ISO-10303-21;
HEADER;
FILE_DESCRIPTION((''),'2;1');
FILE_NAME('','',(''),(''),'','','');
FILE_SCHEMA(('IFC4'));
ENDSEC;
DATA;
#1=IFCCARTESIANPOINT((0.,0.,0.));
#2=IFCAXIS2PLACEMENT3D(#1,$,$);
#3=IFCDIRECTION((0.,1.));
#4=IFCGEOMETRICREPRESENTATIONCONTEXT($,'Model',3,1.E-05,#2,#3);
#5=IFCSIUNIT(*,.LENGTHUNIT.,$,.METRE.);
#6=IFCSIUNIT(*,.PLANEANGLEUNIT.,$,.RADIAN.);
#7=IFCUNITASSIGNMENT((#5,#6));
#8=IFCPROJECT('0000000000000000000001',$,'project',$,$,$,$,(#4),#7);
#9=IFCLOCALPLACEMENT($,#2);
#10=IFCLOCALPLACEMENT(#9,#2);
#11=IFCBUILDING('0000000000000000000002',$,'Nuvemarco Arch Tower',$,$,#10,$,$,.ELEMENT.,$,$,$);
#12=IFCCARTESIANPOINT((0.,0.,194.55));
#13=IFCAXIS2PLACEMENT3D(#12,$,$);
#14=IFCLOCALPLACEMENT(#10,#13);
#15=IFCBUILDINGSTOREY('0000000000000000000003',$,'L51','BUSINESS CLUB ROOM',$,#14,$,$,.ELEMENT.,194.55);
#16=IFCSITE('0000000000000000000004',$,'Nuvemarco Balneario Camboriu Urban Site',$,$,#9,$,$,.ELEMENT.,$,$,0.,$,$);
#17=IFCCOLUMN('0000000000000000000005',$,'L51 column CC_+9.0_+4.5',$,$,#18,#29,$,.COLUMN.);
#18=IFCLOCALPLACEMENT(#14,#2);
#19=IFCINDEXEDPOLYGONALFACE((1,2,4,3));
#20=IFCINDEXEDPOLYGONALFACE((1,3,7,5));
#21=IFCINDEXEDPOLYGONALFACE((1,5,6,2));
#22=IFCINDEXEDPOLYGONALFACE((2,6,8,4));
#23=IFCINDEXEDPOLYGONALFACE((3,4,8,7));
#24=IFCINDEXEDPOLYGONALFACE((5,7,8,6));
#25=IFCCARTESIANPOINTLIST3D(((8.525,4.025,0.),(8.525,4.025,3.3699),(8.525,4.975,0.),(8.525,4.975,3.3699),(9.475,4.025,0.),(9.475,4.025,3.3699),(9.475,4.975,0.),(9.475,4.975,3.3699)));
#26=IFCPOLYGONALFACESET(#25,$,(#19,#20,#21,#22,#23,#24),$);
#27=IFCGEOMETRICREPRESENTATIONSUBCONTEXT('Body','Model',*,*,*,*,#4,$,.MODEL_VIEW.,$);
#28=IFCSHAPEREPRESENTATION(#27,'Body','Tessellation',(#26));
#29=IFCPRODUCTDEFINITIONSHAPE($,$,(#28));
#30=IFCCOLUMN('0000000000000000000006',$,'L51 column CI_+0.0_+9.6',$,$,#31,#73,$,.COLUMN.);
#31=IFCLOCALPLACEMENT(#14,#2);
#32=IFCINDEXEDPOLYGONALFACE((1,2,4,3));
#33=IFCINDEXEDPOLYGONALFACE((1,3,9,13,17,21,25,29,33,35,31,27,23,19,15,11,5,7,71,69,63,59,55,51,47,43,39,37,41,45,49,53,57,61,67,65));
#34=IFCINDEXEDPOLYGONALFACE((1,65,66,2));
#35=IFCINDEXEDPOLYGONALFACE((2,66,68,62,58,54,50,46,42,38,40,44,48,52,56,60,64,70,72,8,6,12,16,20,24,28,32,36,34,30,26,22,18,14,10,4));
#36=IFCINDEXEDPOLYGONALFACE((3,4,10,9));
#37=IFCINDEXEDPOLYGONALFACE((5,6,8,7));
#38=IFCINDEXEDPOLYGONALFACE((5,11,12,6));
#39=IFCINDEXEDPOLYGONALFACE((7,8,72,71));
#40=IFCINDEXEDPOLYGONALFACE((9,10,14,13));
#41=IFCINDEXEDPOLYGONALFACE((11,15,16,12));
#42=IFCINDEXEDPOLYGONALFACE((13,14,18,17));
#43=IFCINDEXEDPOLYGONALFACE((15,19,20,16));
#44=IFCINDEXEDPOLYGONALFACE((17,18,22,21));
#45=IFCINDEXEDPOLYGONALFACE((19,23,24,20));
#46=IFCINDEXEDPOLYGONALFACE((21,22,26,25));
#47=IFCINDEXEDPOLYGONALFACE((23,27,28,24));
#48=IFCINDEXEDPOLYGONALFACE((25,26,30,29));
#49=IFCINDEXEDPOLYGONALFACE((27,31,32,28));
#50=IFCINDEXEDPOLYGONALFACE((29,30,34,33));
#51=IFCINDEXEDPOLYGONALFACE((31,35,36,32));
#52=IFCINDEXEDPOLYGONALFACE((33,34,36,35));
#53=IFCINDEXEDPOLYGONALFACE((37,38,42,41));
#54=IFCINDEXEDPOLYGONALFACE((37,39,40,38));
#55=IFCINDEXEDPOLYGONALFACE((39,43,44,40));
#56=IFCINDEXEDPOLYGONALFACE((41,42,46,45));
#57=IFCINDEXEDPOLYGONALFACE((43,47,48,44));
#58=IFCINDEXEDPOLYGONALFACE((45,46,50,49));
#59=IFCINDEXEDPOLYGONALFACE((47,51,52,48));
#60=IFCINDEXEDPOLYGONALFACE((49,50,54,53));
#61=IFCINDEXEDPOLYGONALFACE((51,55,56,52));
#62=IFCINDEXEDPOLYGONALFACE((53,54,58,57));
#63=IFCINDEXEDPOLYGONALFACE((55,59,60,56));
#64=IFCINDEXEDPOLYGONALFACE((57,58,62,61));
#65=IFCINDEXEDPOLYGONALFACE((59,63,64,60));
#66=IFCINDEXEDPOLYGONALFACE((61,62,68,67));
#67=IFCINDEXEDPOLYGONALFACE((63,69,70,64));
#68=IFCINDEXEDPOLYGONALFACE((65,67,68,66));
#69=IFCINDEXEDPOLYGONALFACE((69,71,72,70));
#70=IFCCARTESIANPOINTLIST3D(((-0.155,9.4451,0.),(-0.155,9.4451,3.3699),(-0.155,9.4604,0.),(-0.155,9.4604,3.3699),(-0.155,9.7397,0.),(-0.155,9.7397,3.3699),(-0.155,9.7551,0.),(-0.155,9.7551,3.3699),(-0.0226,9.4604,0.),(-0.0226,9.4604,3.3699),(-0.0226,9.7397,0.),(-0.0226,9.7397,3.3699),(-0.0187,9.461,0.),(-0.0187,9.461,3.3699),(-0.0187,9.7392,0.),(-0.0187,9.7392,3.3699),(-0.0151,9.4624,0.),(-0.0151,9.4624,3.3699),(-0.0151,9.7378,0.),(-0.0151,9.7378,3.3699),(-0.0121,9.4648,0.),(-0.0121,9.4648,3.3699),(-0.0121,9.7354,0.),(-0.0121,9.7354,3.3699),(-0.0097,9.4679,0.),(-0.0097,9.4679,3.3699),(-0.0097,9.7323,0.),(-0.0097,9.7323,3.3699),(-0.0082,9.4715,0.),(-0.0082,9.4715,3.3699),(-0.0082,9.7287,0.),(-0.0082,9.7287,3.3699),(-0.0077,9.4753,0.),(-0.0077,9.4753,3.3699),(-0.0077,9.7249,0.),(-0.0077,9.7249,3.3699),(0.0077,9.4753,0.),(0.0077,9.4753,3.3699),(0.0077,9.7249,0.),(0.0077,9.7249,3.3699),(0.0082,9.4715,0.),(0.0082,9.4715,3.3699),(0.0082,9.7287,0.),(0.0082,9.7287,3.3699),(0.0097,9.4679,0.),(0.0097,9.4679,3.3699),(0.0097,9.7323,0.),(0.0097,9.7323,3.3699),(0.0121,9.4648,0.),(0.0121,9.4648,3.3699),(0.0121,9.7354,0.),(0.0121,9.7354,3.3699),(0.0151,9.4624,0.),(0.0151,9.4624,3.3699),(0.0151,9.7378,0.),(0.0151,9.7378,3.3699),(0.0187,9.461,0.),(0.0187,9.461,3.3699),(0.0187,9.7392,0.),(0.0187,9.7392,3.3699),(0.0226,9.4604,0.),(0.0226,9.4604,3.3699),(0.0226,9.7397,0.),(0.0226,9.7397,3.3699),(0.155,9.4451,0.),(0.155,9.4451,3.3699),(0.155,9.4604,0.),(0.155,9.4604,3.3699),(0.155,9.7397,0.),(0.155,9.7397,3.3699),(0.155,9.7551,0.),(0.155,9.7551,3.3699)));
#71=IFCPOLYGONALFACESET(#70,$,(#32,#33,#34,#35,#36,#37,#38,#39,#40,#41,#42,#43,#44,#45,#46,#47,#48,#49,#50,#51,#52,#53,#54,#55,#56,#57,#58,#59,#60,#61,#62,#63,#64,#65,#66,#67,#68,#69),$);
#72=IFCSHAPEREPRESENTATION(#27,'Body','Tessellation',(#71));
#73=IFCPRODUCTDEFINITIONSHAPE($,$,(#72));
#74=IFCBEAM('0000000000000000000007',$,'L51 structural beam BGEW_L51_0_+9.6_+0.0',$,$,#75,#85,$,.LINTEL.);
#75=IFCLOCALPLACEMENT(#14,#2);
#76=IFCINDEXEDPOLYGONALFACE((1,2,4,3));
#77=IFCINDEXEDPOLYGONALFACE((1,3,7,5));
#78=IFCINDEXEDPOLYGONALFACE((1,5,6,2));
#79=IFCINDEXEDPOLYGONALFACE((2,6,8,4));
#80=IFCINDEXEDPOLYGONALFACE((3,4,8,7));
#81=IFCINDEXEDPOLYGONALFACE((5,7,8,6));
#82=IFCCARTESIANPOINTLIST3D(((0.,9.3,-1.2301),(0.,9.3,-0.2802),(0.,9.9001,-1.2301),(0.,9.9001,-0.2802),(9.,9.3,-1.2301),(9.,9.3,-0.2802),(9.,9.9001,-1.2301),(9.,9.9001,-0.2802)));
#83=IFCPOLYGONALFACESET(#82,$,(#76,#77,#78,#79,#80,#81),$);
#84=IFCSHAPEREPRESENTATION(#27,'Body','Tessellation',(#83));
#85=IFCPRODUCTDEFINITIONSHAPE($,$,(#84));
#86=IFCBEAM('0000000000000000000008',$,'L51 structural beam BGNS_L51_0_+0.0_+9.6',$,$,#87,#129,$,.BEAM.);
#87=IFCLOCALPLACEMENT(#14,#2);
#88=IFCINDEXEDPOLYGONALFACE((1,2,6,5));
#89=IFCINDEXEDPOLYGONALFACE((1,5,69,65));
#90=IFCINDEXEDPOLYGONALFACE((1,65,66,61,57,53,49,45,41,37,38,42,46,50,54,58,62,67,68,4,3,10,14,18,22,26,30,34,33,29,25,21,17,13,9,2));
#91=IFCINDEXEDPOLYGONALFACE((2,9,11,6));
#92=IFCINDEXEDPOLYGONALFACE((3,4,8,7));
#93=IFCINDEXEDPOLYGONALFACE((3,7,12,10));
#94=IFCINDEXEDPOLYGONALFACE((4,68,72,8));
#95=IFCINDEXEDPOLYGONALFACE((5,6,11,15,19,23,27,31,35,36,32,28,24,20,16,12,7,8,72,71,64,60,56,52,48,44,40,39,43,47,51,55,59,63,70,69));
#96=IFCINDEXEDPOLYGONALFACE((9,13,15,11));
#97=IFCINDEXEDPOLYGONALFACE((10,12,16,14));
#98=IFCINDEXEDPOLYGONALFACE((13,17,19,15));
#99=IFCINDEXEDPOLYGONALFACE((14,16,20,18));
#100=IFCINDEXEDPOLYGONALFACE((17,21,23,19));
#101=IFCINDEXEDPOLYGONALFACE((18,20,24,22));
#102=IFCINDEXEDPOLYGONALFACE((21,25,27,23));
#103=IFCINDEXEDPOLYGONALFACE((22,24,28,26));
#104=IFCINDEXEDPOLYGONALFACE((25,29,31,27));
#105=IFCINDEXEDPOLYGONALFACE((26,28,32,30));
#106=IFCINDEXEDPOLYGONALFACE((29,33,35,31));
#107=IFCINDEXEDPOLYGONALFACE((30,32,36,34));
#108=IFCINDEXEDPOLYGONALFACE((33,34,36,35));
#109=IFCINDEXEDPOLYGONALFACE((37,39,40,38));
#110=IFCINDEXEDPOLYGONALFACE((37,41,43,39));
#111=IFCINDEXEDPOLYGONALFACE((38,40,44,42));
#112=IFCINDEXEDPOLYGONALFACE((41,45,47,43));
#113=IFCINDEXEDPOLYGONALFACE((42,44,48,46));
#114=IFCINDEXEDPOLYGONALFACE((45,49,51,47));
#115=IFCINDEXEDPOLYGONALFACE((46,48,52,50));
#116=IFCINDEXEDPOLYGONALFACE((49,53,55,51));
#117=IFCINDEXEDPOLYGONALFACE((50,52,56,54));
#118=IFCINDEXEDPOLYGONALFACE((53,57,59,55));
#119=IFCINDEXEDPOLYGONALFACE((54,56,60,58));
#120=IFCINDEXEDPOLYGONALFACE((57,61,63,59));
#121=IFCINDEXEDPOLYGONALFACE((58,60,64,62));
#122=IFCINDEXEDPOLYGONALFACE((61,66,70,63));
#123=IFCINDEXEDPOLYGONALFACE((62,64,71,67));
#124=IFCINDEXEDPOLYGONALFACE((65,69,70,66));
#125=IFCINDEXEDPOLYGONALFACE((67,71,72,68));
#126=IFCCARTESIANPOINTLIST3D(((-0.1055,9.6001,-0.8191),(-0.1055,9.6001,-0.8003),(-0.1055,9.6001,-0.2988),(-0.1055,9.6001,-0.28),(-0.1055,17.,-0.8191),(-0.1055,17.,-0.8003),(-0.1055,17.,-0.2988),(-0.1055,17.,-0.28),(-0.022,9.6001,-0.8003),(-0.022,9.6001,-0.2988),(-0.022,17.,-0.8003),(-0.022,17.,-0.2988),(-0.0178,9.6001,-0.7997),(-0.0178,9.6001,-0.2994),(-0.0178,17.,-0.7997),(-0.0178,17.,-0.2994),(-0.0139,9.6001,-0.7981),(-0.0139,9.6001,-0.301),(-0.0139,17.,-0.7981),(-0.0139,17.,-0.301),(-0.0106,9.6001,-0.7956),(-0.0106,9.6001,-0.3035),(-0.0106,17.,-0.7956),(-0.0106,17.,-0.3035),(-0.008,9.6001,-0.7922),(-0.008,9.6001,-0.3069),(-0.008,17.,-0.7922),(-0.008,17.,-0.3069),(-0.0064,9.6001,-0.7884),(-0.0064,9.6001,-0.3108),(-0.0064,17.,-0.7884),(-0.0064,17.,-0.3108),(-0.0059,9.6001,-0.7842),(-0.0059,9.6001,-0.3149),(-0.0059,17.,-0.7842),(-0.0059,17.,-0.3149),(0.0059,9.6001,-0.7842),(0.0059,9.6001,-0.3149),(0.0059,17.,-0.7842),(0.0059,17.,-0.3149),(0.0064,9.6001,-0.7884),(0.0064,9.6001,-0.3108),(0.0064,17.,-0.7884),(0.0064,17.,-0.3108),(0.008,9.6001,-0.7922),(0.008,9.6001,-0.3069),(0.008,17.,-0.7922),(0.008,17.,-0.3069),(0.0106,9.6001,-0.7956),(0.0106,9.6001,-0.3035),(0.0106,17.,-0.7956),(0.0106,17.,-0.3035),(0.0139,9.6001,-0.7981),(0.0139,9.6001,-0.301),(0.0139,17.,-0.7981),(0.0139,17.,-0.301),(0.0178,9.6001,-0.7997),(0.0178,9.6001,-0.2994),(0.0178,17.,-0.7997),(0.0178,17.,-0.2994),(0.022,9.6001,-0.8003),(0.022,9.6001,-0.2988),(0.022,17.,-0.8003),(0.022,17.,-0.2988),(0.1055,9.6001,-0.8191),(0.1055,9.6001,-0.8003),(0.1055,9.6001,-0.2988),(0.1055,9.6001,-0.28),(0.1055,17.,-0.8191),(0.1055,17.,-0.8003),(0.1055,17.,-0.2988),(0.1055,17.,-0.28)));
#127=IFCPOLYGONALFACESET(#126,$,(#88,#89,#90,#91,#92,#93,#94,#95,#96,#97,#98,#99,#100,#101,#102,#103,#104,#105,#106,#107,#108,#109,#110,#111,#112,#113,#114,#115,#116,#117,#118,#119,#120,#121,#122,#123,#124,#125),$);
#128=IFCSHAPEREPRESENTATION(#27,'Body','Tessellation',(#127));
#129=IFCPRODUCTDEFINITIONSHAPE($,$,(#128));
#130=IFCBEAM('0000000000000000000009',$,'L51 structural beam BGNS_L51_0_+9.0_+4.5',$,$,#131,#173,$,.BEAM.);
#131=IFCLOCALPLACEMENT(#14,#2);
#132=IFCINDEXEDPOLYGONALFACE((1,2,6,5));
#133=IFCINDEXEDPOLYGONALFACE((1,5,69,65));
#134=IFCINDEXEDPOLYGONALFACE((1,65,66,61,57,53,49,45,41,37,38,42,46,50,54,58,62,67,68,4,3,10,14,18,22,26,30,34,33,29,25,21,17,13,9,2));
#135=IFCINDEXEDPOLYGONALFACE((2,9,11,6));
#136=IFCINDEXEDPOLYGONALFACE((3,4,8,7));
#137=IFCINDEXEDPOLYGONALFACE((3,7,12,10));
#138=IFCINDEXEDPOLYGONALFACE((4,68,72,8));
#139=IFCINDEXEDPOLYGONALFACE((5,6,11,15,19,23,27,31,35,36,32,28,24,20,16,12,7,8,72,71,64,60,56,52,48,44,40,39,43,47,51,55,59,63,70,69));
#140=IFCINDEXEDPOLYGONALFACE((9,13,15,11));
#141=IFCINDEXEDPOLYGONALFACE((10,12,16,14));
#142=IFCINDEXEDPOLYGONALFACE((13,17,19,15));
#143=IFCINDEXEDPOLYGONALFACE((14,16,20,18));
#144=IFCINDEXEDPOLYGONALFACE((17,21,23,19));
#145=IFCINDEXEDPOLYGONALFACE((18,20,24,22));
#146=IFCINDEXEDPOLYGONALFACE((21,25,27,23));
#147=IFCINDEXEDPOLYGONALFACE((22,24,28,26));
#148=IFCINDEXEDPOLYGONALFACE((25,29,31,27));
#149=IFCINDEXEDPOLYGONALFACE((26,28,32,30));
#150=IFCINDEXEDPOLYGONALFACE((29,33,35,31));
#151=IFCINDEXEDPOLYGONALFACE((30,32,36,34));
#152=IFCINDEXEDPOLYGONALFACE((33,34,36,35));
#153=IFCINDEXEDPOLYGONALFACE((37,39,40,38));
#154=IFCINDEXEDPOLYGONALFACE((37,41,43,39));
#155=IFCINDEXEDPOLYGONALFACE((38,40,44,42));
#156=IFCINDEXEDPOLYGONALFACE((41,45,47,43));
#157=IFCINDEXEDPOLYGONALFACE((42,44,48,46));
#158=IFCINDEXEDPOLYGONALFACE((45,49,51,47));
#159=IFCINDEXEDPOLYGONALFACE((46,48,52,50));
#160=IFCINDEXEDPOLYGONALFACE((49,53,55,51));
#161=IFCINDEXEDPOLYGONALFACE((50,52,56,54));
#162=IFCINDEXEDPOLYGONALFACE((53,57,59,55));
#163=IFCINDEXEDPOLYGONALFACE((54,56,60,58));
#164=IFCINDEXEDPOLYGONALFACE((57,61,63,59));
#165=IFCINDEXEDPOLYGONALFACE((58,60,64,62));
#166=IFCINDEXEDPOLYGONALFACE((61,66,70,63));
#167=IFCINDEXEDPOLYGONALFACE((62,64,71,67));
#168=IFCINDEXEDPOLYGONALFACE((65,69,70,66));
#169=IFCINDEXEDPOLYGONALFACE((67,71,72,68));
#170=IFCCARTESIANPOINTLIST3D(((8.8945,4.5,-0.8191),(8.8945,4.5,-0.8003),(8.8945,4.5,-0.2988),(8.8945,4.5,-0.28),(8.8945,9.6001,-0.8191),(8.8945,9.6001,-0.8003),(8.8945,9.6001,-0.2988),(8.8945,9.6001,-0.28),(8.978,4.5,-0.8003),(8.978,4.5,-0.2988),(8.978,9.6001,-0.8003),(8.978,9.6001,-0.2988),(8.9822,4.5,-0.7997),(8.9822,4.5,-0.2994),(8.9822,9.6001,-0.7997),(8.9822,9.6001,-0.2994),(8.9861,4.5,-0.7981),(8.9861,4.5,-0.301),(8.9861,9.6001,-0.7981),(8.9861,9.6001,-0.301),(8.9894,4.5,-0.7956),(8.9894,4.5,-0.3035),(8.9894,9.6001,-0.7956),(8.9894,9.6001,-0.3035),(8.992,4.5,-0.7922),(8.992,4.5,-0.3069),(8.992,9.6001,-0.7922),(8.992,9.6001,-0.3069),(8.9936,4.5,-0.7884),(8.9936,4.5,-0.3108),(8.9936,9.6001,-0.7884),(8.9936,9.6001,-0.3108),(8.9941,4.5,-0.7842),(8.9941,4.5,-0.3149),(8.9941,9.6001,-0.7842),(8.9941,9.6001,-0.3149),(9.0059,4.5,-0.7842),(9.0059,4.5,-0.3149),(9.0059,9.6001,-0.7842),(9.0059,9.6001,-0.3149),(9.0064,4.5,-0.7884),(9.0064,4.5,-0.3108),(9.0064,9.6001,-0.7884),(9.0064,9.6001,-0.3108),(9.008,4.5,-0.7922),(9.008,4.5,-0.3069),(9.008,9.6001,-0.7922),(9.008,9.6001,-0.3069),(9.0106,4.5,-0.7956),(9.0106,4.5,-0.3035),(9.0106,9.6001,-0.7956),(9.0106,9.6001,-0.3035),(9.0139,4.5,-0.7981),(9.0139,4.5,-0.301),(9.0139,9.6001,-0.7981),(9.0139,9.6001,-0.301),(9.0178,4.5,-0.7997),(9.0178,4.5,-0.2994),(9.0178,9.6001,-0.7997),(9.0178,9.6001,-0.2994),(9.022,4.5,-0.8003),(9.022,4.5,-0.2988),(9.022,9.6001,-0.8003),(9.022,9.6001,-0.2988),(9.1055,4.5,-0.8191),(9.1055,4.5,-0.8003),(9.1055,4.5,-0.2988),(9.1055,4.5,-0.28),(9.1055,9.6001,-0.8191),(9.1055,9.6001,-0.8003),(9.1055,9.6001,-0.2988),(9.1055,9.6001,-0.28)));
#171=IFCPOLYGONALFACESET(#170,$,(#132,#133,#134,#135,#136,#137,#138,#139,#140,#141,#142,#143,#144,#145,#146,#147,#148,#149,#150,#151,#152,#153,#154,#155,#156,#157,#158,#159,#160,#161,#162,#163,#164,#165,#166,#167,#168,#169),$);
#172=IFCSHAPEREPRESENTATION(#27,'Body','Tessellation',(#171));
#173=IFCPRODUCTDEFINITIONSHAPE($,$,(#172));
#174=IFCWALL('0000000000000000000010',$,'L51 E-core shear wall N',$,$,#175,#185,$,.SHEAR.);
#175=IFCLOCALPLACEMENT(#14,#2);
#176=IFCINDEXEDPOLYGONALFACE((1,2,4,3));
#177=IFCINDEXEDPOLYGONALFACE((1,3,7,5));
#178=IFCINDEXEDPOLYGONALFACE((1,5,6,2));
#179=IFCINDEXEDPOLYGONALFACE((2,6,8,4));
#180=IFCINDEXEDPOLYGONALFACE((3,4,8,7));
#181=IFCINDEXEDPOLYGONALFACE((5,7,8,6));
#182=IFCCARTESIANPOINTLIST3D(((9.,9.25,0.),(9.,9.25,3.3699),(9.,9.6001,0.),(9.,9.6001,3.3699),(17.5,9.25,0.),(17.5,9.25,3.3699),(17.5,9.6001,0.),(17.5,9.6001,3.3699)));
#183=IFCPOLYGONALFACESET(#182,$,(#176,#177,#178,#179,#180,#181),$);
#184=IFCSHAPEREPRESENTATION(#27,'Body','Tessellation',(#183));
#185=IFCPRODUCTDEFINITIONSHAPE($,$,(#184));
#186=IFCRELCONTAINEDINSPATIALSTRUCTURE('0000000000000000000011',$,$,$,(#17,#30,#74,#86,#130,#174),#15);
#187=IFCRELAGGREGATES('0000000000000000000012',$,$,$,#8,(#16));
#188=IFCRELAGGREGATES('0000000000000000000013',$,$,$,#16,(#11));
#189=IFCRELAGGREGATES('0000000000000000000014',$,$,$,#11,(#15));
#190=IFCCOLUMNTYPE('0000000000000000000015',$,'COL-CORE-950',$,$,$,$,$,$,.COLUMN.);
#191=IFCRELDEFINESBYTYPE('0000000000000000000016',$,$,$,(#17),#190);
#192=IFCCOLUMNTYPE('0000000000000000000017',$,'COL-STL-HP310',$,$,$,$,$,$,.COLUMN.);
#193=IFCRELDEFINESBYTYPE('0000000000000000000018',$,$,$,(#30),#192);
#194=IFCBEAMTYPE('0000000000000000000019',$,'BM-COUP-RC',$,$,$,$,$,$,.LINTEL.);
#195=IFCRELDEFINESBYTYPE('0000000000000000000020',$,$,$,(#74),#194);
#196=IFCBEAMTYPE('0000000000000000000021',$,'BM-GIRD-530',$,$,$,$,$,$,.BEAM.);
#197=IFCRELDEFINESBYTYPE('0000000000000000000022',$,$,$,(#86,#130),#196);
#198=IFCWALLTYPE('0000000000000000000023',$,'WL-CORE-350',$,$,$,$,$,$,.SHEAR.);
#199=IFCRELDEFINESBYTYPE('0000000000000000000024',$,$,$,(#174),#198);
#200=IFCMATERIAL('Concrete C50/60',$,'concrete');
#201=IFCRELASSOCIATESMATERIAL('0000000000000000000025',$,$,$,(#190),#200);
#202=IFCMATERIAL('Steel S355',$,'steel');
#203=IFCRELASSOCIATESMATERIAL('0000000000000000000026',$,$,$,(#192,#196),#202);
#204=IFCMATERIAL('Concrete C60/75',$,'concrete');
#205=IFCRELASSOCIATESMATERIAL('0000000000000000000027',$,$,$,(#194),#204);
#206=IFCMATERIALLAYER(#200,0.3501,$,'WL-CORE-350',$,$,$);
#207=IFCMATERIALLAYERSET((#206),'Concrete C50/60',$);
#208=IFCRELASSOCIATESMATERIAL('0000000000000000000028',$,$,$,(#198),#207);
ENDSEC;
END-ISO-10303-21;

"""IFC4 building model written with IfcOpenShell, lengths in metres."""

from ifc_helpers import new_model, si_unit, direction, frame, frame_2d, origin, origin_2d, place, context, subcontext, project, spatial, rectangle, i_section, extrude, material, layer, layer_set, material_profile, profile_set, type_object, element, save


model = new_model("IFC4")

# Units and contexts
model_context = context("Model", 3, precision=1e-05, world=origin(), true_north=direction((0.0, 1.0)))
body_context = subcontext(model_context, "Body", "Model", "MODEL_VIEW")
ifc_project = project(units=[si_unit("LENGTHUNIT", "METRE"), si_unit("PLANEANGLEUNIT", "RADIAN")], contexts=[model_context])

# Site, building, storey
site_placement = place(None, origin())
site = spatial("IfcSite", under=ifc_project, at=site_placement, Name="Nuvemarco Balneario Camboriu Urban Site", CompositionType="ELEMENT", RefElevation=0.0)
building_placement = place(site_placement, origin())
building = spatial("IfcBuilding", under=site, at=building_placement, Name="Nuvemarco Arch Tower", CompositionType="ELEMENT")
storey_placement = place(building_placement, frame((0.0, 0.0, 194.55)))
storey = spatial("IfcBuildingStorey", under=building, at=storey_placement, Name="L51", Description="BUSINESS CLUB ROOM", CompositionType="ELEMENT", Elevation=194.55)

# Columns
ifc_material_1 = material(Name="Concrete C50/60", Category="concrete")
ifc_material_profile_1 = material_profile(ifc_material_1, rectangle(XDim=0.95, YDim=0.95, at=origin_2d()), Name="RC-COL-950x950")
ifc_profile_set_1 = profile_set([ifc_material_profile_1], Name="Concrete C50/60")
column_type_1 = type_object("IfcColumnType", Name="COL-CORE-950", PredefinedType="COLUMN", material=ifc_profile_set_1)
column_1_placement = place(storey_placement, frame((9.0, 4.5, 0.0), z_axis=(0.0, 0.0, 1.0), x_axis=(1.0, 0.0, 0.0)))
element("IfcColumn", 1, at=column_1_placement, inside=storey, type_object=column_type_1, Name="L51 column CC_+9.0_+4.5", PredefinedType="COLUMN", context=body_context, shape_type="SweptSolid", body=[
    extrude(rectangle(XDim=0.95, YDim=0.95, at=origin_2d()), origin(), (0.0, 0.0, 1.0), 3.3699),
])
ifc_material_2 = material(Name="Steel S355", Category="steel")
ifc_material_profile_2 = material_profile(ifc_material_2, i_section(OverallWidth=0.3101, OverallDepth=0.3101, WebThickness=0.0154, FlangeThickness=0.0154, FilletRadius=0.0149, at=origin_2d()), Name="HP310x110")
ifc_profile_set_2 = profile_set([ifc_material_profile_2], Name="Steel S355")
column_type_2 = type_object("IfcColumnType", Name="COL-STL-HP310", PredefinedType="COLUMN", material=ifc_profile_set_2)
column_2_placement = place(storey_placement, frame((0.0, 9.6001, 0.0), z_axis=(0.0, 0.0, 1.0), x_axis=(1.0, 0.0, 0.0)))
element("IfcColumn", 2, at=column_2_placement, inside=storey, type_object=column_type_2, Name="L51 column CI_+0.0_+9.6", PredefinedType="COLUMN", context=body_context, shape_type="SweptSolid", body=[
    extrude(i_section(OverallWidth=0.3101, OverallDepth=0.3101, WebThickness=0.0154, FlangeThickness=0.0154, FilletRadius=0.0149, at=origin_2d()), origin(), (0.0, 0.0, 1.0), 3.3699),
])

# Beams
ifc_material_3 = material(Name="Concrete C60/75", Category="concrete")
ifc_material_profile_3 = material_profile(ifc_material_3, rectangle(XDim=0.6001, YDim=0.95, at=origin_2d()), Name="RC-BM-600x950")
ifc_profile_set_3 = profile_set([ifc_material_profile_3], Name="Concrete C60/75")
beam_type_1 = type_object("IfcBeamType", Name="BM-COUP-RC", PredefinedType="LINTEL", material=ifc_profile_set_3)
beam_1_placement = place(storey_placement, frame((0.0, 9.6001, -0.7551), z_axis=(1.0, 0.0, 0.0), x_axis=(0.0, 1.0, 0.0)))
element("IfcBeam", 3, at=beam_1_placement, inside=storey, type_object=beam_type_1, Name="L51 structural beam BGEW_L51_0_+9.6_+0.0", PredefinedType="LINTEL", context=body_context, shape_type="SweptSolid", body=[
    extrude(rectangle(XDim=0.6001, YDim=0.95, at=origin_2d()), origin(), (0.0, 0.0, 1.0), 9.0),
])
ifc_material_profile_4 = material_profile(ifc_material_2, i_section(OverallWidth=0.2109, OverallDepth=0.5391, WebThickness=0.0117, FlangeThickness=0.0188, FilletRadius=0.0161, at=origin_2d()), Name="W530x109")
ifc_profile_set_4 = profile_set([ifc_material_profile_4], Name="Steel S355")
beam_type_2 = type_object("IfcBeamType", Name="BM-GIRD-530", PredefinedType="BEAM", material=ifc_profile_set_4)
beam_2_placement = place(storey_placement, frame((0.0, 9.6001, -0.5496), z_axis=(0.0, 1.0, 0.0), x_axis=(-1.0, 0.0, 0.0)))
element("IfcBeam", 4, at=beam_2_placement, inside=storey, type_object=beam_type_2, Name="L51 structural beam BGNS_L51_0_+0.0_+9.6", PredefinedType="BEAM", context=body_context, shape_type="SweptSolid", body=[
    extrude(i_section(OverallWidth=0.2109, OverallDepth=0.5391, WebThickness=0.0117, FlangeThickness=0.0188, FilletRadius=0.0161, at=origin_2d()), origin(), (0.0, 0.0, 1.0), 7.3999),
])
beam_3_placement = place(storey_placement, frame((9.0, 4.5, -0.5496), z_axis=(0.0, 1.0, 0.0), x_axis=(-1.0, 0.0, 0.0)))
element("IfcBeam", 5, at=beam_3_placement, inside=storey, type_object=beam_type_2, Name="L51 structural beam BGNS_L51_0_+9.0_+4.5", PredefinedType="BEAM", context=body_context, shape_type="SweptSolid", body=[
    extrude(i_section(OverallWidth=0.2109, OverallDepth=0.5391, WebThickness=0.0117, FlangeThickness=0.0188, FilletRadius=0.0161, at=origin_2d()), origin(), (0.0, 0.0, 1.0), 5.1001),
])

# Wall
ifc_layer_1 = layer(ifc_material_1, 0.3501, Name="WL-CORE-350")
ifc_layer_set_1 = layer_set([ifc_layer_1], Name="Concrete C50/60")
wall_type_1 = type_object("IfcWallType", Name="WL-CORE-350", PredefinedType="SHEAR", material=ifc_layer_set_1)
wall_1_placement = place(storey_placement, frame((9.0, 9.425, 0.0), z_axis=(0.0, 0.0, 1.0), x_axis=(1.0, 0.0, 0.0)))
element("IfcWall", 6, at=wall_1_placement, inside=storey, type_object=wall_type_1, Name="L51 E-core shear wall N", PredefinedType="SHEAR", context=body_context, shape_type="SweptSolid", body=[
    extrude(rectangle(XDim=8.5, YDim=0.3501, at=frame_2d((4.25, 0.0))), origin(), (0.0, 0.0, 1.0), 3.3699),
])

save(model, "model.ifc")
